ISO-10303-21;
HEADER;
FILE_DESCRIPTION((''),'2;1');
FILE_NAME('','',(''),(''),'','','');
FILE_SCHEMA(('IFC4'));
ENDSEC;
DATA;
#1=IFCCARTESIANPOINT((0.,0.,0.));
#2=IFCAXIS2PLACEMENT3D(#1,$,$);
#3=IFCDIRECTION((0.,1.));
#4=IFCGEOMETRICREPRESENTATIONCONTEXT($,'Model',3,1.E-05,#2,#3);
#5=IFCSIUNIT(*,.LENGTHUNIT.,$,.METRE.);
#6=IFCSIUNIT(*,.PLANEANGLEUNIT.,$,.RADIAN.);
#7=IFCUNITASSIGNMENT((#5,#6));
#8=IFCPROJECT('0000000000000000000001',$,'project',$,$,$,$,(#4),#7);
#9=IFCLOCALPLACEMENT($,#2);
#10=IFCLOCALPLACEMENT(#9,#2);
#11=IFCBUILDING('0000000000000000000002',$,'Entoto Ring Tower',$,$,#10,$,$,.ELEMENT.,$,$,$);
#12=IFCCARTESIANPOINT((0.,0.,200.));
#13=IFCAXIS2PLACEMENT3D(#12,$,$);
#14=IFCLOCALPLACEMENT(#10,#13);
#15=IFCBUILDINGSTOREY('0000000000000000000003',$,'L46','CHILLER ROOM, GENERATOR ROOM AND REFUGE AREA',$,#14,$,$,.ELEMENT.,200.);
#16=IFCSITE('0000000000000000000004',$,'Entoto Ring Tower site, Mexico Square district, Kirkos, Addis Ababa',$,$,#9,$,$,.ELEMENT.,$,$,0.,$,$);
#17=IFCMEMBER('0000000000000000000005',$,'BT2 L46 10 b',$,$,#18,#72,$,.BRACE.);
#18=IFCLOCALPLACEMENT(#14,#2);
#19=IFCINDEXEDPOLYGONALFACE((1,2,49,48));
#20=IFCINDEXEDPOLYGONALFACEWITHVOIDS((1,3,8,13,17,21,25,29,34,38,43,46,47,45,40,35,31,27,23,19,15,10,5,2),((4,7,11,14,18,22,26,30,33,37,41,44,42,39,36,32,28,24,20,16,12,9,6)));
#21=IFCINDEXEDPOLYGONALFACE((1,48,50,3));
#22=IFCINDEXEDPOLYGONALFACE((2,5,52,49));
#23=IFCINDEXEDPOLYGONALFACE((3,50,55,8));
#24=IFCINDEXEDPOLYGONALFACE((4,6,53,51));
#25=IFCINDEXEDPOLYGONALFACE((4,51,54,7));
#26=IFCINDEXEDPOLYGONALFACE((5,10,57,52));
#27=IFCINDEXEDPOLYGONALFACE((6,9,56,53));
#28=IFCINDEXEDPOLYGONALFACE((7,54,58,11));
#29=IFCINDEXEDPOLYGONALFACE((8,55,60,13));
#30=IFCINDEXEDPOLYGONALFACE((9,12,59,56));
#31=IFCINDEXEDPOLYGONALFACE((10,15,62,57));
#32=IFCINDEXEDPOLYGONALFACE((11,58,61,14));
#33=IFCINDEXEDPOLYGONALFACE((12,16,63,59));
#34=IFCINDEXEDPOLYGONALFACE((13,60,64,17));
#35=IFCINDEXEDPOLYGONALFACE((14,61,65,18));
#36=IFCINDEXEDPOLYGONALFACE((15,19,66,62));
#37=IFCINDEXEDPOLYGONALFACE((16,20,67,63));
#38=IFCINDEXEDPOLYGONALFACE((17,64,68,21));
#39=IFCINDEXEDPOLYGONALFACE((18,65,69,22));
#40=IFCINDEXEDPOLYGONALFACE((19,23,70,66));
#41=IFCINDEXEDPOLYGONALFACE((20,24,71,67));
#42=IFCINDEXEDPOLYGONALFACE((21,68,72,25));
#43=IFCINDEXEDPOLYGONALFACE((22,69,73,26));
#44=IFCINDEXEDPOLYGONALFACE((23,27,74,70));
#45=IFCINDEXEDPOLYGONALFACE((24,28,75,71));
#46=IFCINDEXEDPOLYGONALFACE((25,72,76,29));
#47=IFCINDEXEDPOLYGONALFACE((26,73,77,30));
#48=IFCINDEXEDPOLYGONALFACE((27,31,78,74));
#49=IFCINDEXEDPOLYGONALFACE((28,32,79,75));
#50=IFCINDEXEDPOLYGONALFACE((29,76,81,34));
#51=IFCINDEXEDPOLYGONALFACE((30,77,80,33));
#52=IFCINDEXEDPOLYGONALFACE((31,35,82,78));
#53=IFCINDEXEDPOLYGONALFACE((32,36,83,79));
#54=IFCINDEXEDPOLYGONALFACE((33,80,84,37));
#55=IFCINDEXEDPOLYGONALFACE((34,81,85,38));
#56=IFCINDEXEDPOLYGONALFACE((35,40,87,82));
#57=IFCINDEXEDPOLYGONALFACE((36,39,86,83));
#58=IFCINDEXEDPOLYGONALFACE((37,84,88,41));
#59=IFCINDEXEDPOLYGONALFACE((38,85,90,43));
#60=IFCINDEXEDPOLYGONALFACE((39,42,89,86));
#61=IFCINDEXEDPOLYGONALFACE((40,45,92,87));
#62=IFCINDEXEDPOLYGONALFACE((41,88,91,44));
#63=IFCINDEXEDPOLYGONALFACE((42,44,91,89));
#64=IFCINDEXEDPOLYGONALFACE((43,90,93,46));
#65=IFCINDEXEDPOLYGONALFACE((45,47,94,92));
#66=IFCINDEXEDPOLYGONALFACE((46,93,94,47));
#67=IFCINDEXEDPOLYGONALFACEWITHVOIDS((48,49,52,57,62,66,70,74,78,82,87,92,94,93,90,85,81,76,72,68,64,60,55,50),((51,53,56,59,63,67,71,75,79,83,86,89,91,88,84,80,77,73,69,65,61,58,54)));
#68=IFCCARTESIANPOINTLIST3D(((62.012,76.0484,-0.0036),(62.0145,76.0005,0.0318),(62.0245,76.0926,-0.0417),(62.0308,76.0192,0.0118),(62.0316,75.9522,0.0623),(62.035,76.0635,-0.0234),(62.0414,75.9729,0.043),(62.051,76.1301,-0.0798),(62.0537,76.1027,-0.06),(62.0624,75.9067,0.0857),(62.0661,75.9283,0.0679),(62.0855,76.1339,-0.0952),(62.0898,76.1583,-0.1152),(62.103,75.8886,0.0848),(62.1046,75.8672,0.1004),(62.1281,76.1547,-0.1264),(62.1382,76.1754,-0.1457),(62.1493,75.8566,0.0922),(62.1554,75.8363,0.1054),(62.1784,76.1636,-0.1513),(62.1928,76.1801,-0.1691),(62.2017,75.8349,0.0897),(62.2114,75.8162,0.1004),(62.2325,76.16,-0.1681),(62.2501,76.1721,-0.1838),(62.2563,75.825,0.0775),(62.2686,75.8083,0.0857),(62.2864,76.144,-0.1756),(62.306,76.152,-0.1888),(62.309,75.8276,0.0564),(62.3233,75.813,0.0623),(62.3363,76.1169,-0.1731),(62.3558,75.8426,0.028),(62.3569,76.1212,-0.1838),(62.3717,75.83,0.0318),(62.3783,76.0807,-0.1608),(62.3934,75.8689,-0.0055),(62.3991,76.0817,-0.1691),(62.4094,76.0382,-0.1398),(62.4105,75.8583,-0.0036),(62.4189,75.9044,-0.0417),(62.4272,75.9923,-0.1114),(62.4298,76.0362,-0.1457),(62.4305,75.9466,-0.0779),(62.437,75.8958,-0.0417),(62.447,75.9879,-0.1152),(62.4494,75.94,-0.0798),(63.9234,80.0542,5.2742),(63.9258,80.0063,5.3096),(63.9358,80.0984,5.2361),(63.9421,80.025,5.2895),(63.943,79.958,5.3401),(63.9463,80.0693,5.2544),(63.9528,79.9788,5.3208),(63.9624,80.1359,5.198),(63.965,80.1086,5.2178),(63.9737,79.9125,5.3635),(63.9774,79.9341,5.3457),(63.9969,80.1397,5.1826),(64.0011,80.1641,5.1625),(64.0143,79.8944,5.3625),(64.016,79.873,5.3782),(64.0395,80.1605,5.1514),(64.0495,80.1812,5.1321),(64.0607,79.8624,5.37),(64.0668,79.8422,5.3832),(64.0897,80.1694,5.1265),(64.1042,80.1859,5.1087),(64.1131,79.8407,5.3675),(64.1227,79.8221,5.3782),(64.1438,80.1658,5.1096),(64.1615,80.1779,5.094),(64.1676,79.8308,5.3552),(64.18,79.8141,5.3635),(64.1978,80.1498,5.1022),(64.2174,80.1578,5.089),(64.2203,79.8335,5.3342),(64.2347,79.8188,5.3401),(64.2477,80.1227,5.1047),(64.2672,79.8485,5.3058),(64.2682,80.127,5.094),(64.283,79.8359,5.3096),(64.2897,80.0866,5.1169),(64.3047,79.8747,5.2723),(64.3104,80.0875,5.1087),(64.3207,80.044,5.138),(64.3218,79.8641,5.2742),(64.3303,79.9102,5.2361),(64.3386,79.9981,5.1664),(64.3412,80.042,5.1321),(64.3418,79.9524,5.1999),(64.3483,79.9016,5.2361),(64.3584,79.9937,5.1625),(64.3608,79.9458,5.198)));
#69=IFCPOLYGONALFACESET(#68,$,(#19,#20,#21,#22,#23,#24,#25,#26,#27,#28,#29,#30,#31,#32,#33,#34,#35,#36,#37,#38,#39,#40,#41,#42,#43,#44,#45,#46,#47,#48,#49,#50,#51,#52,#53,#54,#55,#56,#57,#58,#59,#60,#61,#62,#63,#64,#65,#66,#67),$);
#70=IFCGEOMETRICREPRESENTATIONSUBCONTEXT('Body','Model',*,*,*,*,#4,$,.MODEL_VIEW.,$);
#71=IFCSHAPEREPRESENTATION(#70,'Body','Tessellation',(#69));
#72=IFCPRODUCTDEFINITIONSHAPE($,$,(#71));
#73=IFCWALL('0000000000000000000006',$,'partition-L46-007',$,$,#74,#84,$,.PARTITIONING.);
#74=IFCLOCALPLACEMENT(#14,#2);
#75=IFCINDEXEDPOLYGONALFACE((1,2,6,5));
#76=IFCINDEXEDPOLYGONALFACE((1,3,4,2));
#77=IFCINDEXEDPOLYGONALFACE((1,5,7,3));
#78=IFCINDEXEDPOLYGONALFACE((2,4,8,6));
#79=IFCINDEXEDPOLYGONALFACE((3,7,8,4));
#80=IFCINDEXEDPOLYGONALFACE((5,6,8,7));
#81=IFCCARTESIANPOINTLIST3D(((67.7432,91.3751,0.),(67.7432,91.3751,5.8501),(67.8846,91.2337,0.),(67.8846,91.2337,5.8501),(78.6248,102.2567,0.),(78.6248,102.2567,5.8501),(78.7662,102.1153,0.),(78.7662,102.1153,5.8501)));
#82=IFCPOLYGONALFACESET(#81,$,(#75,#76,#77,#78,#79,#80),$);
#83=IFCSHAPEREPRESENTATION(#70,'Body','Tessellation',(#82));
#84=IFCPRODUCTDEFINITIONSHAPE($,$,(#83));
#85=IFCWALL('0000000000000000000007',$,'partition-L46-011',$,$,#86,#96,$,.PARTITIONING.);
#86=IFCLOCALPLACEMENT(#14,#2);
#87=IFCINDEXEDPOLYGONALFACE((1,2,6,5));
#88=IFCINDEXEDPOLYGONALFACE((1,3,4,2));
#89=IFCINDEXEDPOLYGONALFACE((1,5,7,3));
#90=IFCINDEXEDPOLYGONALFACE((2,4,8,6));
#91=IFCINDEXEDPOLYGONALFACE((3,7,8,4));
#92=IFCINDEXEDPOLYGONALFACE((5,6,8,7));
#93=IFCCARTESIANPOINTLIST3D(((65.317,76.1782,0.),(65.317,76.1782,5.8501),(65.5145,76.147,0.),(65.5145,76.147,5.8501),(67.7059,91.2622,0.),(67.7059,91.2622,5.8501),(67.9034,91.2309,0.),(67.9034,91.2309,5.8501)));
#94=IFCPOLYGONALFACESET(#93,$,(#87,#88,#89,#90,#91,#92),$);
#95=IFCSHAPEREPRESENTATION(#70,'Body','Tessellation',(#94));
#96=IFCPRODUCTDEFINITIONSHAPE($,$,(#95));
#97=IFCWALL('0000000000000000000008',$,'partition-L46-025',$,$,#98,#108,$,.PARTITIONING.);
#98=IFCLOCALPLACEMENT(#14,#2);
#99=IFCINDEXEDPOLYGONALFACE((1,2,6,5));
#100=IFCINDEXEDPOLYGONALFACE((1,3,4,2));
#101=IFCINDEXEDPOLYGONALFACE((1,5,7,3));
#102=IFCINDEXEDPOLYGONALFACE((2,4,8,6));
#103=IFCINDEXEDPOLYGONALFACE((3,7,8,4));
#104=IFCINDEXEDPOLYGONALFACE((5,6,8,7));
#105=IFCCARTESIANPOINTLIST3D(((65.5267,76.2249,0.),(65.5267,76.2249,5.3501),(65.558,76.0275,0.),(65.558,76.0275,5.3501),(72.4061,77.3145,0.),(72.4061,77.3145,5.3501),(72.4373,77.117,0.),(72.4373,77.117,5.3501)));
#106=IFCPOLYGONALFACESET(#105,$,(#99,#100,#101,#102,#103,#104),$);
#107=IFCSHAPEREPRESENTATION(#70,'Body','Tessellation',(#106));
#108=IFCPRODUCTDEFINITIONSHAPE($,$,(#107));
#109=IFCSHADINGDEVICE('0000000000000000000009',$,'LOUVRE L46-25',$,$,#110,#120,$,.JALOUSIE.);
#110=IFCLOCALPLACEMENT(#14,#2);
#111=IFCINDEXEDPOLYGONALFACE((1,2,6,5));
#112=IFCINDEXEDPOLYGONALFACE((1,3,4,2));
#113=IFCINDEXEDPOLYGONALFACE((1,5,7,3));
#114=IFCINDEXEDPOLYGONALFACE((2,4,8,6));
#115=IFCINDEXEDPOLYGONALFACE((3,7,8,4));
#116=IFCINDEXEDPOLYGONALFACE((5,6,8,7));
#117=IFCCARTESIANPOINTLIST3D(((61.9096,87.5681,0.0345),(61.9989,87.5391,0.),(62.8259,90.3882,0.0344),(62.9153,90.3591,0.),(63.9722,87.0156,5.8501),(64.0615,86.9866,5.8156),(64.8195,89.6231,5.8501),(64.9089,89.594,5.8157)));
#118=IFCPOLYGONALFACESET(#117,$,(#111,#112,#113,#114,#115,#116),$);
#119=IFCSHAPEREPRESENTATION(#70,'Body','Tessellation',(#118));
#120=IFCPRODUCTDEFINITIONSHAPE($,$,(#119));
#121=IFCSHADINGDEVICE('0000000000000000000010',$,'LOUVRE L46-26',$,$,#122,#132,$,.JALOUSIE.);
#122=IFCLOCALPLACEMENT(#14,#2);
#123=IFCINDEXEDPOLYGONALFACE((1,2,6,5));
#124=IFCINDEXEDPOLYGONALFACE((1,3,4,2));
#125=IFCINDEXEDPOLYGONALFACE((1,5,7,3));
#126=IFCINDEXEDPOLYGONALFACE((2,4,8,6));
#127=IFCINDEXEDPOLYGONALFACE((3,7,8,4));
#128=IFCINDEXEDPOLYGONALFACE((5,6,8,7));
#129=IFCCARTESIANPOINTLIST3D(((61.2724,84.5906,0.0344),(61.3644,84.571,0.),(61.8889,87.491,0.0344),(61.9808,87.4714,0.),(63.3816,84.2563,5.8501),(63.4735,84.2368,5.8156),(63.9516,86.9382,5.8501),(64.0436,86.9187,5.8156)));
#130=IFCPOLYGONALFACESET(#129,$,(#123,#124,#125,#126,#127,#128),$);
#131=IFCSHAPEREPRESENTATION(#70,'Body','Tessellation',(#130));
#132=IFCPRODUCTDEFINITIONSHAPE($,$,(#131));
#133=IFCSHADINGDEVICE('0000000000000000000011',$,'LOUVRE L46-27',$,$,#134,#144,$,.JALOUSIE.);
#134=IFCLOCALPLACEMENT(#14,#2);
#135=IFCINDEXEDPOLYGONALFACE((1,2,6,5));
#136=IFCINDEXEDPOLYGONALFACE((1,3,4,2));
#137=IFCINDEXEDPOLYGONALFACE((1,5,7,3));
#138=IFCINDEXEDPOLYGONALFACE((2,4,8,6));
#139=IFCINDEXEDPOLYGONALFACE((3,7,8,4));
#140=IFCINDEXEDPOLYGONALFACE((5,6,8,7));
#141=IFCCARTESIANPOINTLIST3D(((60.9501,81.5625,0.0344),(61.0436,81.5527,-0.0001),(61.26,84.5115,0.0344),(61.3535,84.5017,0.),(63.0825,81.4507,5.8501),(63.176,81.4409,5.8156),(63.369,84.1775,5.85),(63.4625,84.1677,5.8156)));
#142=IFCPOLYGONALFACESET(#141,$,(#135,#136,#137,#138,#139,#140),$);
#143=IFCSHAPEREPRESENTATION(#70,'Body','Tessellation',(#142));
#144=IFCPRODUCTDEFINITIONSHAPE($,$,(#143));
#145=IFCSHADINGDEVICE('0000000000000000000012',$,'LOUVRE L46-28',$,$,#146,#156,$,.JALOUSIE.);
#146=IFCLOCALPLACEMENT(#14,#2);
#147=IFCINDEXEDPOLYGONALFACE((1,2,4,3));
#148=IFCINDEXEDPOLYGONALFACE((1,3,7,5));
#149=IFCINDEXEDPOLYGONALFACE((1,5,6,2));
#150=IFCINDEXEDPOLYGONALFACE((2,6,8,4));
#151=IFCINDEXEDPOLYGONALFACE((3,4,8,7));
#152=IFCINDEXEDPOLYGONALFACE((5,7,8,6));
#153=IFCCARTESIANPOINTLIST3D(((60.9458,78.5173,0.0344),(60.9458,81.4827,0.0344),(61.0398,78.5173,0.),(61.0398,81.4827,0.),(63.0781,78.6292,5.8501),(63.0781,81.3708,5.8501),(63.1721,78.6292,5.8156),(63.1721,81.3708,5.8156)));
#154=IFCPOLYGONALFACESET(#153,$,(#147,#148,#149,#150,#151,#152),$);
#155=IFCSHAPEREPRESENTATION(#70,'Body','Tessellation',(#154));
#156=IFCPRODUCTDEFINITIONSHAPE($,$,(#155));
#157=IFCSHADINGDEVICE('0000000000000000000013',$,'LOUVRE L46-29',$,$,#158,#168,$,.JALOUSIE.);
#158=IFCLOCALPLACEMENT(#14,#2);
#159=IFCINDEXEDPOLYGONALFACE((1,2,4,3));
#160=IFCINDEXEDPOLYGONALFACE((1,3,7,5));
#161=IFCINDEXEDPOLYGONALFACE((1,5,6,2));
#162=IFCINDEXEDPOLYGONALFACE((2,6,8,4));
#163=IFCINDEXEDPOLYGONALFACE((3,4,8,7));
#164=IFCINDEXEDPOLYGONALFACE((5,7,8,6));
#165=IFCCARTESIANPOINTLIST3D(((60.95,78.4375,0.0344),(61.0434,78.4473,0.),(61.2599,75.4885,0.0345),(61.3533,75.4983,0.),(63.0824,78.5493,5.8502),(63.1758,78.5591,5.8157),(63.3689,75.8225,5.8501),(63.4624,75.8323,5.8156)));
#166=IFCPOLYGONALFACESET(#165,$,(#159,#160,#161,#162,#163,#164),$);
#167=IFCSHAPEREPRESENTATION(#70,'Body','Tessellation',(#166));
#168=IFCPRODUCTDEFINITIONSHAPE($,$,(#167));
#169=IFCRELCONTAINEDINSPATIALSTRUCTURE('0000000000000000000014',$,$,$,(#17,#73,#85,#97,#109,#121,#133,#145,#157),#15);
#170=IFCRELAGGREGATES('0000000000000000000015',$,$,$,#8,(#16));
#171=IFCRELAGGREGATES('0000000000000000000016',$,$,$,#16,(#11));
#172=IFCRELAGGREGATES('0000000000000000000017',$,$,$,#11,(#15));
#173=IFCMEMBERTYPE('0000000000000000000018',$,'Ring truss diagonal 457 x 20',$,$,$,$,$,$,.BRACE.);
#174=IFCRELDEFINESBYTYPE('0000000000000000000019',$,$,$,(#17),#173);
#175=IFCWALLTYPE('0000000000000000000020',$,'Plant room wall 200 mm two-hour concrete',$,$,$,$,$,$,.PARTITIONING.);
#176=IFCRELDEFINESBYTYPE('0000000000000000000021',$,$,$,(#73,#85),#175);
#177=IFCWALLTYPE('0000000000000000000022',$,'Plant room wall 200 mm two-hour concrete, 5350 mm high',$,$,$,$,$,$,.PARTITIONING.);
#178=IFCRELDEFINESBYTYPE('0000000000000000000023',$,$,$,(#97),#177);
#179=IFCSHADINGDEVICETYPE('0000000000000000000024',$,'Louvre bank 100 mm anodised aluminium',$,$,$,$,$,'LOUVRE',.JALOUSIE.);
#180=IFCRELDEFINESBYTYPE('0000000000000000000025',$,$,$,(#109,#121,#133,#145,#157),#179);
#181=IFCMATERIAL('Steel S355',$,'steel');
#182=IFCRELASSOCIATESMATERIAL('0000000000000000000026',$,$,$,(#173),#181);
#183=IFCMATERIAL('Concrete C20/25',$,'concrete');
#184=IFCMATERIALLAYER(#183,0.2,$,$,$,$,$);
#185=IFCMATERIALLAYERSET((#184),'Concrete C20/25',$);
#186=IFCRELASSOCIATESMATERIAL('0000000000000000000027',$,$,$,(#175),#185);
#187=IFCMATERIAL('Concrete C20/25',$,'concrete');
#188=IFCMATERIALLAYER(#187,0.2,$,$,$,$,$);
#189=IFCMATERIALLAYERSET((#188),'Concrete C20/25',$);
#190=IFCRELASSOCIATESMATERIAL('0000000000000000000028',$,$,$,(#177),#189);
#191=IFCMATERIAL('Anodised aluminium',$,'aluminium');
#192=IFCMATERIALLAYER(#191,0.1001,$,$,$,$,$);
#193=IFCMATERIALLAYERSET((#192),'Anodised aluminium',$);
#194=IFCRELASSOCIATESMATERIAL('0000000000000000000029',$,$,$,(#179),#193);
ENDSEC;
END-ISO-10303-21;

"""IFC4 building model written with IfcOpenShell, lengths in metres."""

from ifc_helpers import new_model, si_unit, direction, frame, frame_2d, origin, origin_2d, place, context, subcontext, project, spatial, polyline, rectangle, circle, hollow_circle, outline, extrude, material, layer, layer_set, material_profile, profile_set, type_object, element, save


model = new_model("IFC4")

# Units and contexts
model_context = context("Model", 3, precision=1e-05, world=origin(), true_north=direction((0.0, 1.0)))
body_context = subcontext(model_context, "Body", "Model", "MODEL_VIEW")
ifc_project = project(units=[si_unit("LENGTHUNIT", "METRE"), si_unit("PLANEANGLEUNIT", "RADIAN")], contexts=[model_context])

# Site, building, storey
site_placement = place(None, origin())
site = spatial("IfcSite", under=ifc_project, at=site_placement, Name="Entoto Ring Tower site, Mexico Square district, Kirkos, Addis Ababa", CompositionType="ELEMENT", RefElevation=0.0)
building_placement = place(site_placement, origin())
building = spatial("IfcBuilding", under=site, at=building_placement, Name="Entoto Ring Tower", CompositionType="ELEMENT")
storey_placement = place(building_placement, frame((0.0, 0.0, 200.0)))
storey = spatial("IfcBuildingStorey", under=building, at=storey_placement, Name="L46", Description="CHILLER ROOM, GENERATOR ROOM AND REFUGE AREA", CompositionType="ELEMENT", Elevation=200.0)

# Member
ifc_material_1 = material(Name="Steel S355", Category="steel")
ifc_material_profile_1 = material_profile(ifc_material_1, hollow_circle(Radius=0.2285, WallThickness=0.02, at=origin_2d()), Name="CHS 457 x 20")
ifc_material_2 = material(Name="Concrete C60/75", Category="concrete")
ifc_material_profile_2 = material_profile(ifc_material_2, circle(Radius=0.2085, at=origin_2d()), Name="Concrete C60/75 infill")
ifc_profile_set_1 = profile_set([ifc_material_profile_1, ifc_material_profile_2], Name="Steel S355")
member_type_1 = type_object("IfcMemberType", Name="Ring truss diagonal 457 x 20", PredefinedType="BRACE", material=ifc_profile_set_1)
for number, where, z_axis, x_axis, name in (
    (1, (64.1421, 80.0, 5.2361), (-0.277169, -0.58089, -0.765339), (0.902526, -0.430636, 0.0), "BT2 L46 10 b"),
):
    element("IfcMember", number, at=place(storey_placement, frame(where, z_axis=z_axis, x_axis=x_axis)), inside=storey, type_object=member_type_1, Name=name, PredefinedType="BRACE", context=body_context, shape_type="SweptSolid", body=[
        extrude(hollow_circle(Radius=0.2285, WallThickness=0.02, at=origin_2d()), origin(), (0.0, 0.0, 1.0), 6.896),
    ])

# Walls
ifc_material_3 = material(Name="Concrete C20/25", Category="concrete")
ifc_layer_1 = layer(ifc_material_3, 0.2)
ifc_layer_set_1 = layer_set([ifc_layer_1], Name="Concrete C20/25")
wall_type_1 = type_object("IfcWallType", Name="Plant room wall 200 mm two-hour concrete", PredefinedType="PARTITIONING", material=ifc_layer_set_1)
wall_1_placement = place(storey_placement, frame((67.814, 91.3044, 0.0), z_axis=(0.0, 0.0, 1.0), x_axis=(0.707107, 0.707107, 0.0)))
element("IfcWall", 2, at=wall_1_placement, inside=storey, type_object=wall_type_1, Name="partition-L46-007", PredefinedType="PARTITIONING", context=body_context, shape_type="SweptSolid", body=[
    extrude(rectangle(XDim=15.3889, YDim=0.2, at=frame_2d((7.6943, 0.0))), origin(), (0.0, 0.0, 1.0), 5.8501),
])
wall_2_placement = place(storey_placement, frame((65.4158, 76.1626, 0.0), z_axis=(0.0, 0.0, 1.0), x_axis=(0.156425, 0.98769, 0.0)))
element("IfcWall", 3, at=wall_2_placement, inside=storey, type_object=wall_type_1, Name="partition-L46-011", PredefinedType="PARTITIONING", context=body_context, shape_type="SweptSolid", body=[
    extrude(rectangle(XDim=15.272, YDim=0.2, at=frame_2d((7.636, 0.0))), origin(), (0.0, 0.0, 1.0), 5.8501),
])
ifc_material_4 = material(Name="Concrete C20/25", Category="concrete")
ifc_layer_2 = layer(ifc_material_4, 0.2)
ifc_layer_set_2 = layer_set([ifc_layer_2], Name="Concrete C20/25")
wall_type_2 = type_object("IfcWallType", Name="Plant room wall 200 mm two-hour concrete, 5350 mm high", PredefinedType="PARTITIONING", material=ifc_layer_set_2)
wall_3_placement = place(storey_placement, frame((65.5425, 76.1262, 0.0), z_axis=(0.0, 0.0, 1.0), x_axis=(0.987688, 0.156436, 0.0)))
element("IfcWall", 4, at=wall_3_placement, inside=storey, type_object=wall_type_2, Name="partition-L46-025", PredefinedType="PARTITIONING", context=body_context, shape_type="SweptSolid", body=[
    extrude(rectangle(XDim=6.9651, YDim=0.2, at=frame_2d((3.4824, 0.0))), origin(), (0.0, 0.0, 1.0), 5.3501),
])

# Shading devices
ifc_material_5 = material(Name="Anodised aluminium", Category="aluminium")
ifc_layer_3 = layer(ifc_material_5, 0.1001)
ifc_layer_set_3 = layer_set([ifc_layer_3], Name="Anodised aluminium")
shading_device_type = type_object("IfcShadingDeviceType", Name="Louvre bank 100 mm anodised aluminium", ElementType="LOUVRE", PredefinedType="JALOUSIE", material=ifc_layer_set_3)
shading_device_1_placement = place(storey_placement, frame((62.8259, 90.3882, 0.0344), z_axis=(-0.892917, 0.290155, 0.344253), x_axis=(-0.30904, -0.951049, 0.000013)))
element("IfcShadingDevice", 5, at=shading_device_1_placement, inside=storey, type_object=shading_device_type, Name="LOUVRE L46-25", PredefinedType="JALOUSIE", context=body_context, shape_type="SweptSolid", body=[
    extrude(outline(polyline([(0.0, 0.0), (2.9652, 0.0), (2.8533, 6.1942), (0.1116, 6.1943), (0.0, 0.0)])), origin(), (0.0, 0.0, -1.0), 0.1001),
])
shading_device_2_placement = place(storey_placement, frame((61.8889, 87.491, 0.0344), z_axis=(-0.918353, 0.195198, 0.344275), x_axis=(-0.207906, -0.978149, 0.000003)))
element("IfcShadingDevice", 6, at=shading_device_2_placement, inside=storey, type_object=shading_device_type, Name="LOUVRE L46-26", PredefinedType="JALOUSIE", context=body_context, shape_type="SweptSolid", body=[
    extrude(outline(polyline([(0.0, 0.0), (2.9652, 0.0), (2.8536, 6.1943), (0.1118, 6.1944), (0.0, 0.0)])), origin(), (0.0, 0.0, -1.0), 0.1001),
])
shading_device_3_placement = place(storey_placement, frame((61.26, 84.5115, 0.0344), z_axis=(-0.933735, 0.098121, 0.344254), x_axis=(-0.104515, -0.994523, -0.000018)))
element("IfcShadingDevice", 7, at=shading_device_3_placement, inside=storey, type_object=shading_device_type, Name="LOUVRE L46-27", PredefinedType="JALOUSIE", context=body_context, shape_type="SweptSolid", body=[
    extrude(outline(polyline([(0.0, 0.0), (2.9652, 0.0), (2.8534, 6.1943), (0.1116, 6.1942), (0.0, 0.0)])), origin(), (0.0, 0.0, -1.0), 0.1001),
])
shading_device_4_placement = place(storey_placement, frame((60.9458, 81.4827, 0.0344), z_axis=(-0.938881, 0.0, 0.344242), x_axis=(0.0, -1.0, 0.0)))
element("IfcShadingDevice", 8, at=shading_device_4_placement, inside=storey, type_object=shading_device_type, Name="LOUVRE L46-28", PredefinedType="JALOUSIE", context=body_context, shape_type="SweptSolid", body=[
    extrude(outline(polyline([(0.0, 0.0), (2.9653, 0.0), (2.8535, 6.1943), (0.1118, 6.1943), (0.0, 0.0)])), origin(), (0.0, 0.0, -1.0), 0.1001),
])
shading_device_5_placement = place(storey_placement, frame((60.95, 78.4375, 0.0344), z_axis=(-0.933735, -0.098121, 0.344254), x_axis=(0.104515, -0.994523, 0.000018)))
element("IfcShadingDevice", 9, at=shading_device_5_placement, inside=storey, type_object=shading_device_type, Name="LOUVRE L46-29", PredefinedType="JALOUSIE", context=body_context, shape_type="SweptSolid", body=[
    extrude(outline(polyline([(0.0, 0.0), (2.9652, 0.0), (2.8536, 6.1942), (0.1118, 6.1943), (0.0, 0.0)])), origin(), (0.0, 0.0, -1.0), 0.1001),
])

save(model, "model.ifc")
